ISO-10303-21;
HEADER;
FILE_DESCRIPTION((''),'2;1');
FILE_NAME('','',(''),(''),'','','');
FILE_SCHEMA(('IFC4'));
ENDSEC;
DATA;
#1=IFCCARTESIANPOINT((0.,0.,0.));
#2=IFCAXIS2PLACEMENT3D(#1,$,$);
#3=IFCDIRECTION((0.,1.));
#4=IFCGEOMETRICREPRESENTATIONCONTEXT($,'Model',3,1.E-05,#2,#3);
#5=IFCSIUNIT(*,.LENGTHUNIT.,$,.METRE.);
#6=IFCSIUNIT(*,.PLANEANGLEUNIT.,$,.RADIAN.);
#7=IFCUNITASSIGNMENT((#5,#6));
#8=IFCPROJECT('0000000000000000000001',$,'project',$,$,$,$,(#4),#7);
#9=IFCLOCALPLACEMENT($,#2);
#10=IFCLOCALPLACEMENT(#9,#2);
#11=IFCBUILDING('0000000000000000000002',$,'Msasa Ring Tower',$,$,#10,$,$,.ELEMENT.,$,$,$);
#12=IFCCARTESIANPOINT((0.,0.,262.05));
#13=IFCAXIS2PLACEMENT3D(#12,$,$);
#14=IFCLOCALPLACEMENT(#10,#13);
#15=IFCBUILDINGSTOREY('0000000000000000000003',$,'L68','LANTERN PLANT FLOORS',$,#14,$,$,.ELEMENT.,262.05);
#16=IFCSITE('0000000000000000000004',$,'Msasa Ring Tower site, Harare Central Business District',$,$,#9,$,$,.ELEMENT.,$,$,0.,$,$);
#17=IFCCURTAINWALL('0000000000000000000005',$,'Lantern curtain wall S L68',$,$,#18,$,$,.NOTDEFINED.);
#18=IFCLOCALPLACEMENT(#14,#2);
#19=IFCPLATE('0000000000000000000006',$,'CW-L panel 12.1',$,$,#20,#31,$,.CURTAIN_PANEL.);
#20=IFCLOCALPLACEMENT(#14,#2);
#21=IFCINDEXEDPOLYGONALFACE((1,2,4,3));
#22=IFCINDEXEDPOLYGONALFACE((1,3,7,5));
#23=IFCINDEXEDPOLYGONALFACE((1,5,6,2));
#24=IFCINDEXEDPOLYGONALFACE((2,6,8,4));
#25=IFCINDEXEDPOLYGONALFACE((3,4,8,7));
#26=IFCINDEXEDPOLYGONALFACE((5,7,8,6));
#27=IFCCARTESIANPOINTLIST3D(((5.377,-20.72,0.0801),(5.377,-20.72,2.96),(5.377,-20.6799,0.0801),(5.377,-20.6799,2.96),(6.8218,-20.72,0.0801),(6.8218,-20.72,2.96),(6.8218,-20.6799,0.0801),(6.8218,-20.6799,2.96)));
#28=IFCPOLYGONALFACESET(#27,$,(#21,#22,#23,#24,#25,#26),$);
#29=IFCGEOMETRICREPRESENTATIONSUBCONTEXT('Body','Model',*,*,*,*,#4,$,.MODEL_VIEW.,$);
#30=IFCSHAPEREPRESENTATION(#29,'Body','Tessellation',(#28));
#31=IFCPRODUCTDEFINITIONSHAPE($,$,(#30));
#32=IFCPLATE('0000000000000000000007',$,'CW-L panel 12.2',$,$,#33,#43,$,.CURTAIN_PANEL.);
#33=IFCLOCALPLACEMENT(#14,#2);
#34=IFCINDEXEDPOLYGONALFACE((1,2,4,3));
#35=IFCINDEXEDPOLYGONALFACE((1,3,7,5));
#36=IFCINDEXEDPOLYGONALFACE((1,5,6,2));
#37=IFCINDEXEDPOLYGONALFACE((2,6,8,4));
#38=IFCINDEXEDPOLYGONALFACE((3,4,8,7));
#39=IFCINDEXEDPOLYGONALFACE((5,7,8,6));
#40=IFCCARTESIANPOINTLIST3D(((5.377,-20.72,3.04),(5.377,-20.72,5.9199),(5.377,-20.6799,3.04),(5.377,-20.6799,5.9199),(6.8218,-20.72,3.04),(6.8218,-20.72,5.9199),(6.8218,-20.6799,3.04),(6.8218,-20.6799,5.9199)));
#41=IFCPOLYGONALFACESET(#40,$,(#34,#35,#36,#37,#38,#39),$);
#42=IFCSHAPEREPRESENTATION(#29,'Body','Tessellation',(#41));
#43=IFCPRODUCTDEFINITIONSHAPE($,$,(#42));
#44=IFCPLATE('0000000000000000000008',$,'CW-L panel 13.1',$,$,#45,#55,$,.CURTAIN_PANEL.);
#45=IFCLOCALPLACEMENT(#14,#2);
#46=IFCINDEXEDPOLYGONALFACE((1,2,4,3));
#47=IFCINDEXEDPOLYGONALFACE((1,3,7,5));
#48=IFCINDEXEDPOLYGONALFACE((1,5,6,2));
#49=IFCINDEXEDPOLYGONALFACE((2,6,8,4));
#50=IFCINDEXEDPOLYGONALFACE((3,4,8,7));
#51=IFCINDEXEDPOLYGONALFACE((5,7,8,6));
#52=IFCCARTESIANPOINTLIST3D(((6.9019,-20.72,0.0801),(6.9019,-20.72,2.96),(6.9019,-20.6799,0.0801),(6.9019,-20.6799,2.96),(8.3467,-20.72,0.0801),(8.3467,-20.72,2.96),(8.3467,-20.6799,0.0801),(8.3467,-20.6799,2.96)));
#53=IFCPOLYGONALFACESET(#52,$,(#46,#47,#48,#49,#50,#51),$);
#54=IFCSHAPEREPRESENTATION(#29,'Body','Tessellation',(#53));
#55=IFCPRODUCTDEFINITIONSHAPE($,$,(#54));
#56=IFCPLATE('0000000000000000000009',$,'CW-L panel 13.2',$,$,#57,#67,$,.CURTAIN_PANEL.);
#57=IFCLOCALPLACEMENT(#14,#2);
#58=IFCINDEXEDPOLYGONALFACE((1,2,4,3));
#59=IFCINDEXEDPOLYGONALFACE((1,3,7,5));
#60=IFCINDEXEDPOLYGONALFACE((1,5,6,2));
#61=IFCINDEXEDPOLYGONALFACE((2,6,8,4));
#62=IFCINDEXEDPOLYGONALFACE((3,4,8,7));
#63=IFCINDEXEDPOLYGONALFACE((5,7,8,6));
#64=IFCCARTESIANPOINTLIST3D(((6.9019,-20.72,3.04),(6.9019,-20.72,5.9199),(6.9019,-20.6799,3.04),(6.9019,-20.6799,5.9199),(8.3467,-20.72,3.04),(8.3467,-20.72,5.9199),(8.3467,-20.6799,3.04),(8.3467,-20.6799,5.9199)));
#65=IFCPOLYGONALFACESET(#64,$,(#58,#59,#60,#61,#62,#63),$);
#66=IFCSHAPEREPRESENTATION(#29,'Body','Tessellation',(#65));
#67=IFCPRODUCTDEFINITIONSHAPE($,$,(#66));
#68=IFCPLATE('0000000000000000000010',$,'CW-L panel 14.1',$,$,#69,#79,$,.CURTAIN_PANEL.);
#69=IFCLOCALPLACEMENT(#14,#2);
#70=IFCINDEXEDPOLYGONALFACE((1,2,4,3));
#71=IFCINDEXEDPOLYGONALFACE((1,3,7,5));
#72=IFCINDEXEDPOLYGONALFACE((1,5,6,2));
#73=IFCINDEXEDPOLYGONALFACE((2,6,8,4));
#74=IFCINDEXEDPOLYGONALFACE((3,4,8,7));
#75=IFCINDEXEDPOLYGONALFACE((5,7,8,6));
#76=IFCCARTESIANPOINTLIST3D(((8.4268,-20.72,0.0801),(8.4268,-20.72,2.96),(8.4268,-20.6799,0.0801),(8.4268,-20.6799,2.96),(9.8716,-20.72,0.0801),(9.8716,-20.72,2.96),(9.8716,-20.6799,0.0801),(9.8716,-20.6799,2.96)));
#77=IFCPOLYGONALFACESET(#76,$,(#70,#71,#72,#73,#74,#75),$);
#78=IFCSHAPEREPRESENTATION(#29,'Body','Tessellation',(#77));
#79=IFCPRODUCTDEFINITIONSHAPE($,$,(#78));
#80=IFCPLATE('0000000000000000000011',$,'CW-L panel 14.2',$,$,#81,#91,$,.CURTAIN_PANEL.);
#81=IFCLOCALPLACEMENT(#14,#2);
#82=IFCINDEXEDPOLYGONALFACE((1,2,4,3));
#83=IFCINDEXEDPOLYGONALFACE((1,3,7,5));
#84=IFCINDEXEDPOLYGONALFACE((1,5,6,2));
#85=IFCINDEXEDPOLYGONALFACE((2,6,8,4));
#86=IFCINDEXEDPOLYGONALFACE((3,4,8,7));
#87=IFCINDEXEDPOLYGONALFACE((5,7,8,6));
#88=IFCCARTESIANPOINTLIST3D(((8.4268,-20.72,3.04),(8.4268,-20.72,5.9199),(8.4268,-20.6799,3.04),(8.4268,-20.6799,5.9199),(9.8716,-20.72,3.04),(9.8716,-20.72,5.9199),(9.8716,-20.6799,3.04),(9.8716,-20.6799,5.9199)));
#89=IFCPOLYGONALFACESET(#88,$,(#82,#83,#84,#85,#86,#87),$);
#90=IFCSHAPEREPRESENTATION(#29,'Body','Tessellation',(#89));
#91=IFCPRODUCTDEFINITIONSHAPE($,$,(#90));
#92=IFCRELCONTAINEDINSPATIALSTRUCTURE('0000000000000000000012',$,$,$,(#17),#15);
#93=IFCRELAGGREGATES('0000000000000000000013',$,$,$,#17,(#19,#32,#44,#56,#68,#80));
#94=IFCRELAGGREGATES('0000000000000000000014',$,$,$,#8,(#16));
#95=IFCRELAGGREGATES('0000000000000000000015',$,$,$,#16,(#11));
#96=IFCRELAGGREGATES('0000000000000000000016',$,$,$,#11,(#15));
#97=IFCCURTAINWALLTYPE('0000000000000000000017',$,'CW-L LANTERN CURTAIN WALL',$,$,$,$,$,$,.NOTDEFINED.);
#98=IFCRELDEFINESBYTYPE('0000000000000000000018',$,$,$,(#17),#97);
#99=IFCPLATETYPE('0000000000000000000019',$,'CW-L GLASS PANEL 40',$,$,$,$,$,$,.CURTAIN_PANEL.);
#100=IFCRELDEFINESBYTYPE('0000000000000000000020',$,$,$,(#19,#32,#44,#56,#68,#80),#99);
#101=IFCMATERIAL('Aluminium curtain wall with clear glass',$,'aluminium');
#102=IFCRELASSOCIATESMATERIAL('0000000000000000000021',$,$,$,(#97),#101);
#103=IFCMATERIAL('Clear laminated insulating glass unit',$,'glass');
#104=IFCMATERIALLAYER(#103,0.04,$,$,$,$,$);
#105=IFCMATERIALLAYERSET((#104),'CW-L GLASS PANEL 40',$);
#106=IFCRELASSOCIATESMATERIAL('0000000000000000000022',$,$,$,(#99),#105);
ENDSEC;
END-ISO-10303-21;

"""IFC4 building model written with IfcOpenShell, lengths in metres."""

from ifc_helpers import new_model, si_unit, direction, frame, origin, origin_2d, place, context, subcontext, project, spatial, rectangle, extrude, material, layer, layer_set, type_object, element, aggregate, save


model = new_model("IFC4")

# Units and contexts
model_context = context("Model", 3, precision=1e-05, world=origin(), true_north=direction((0.0, 1.0)))
body_context = subcontext(model_context, "Body", "Model", "MODEL_VIEW")
ifc_project = project(units=[si_unit("LENGTHUNIT", "METRE"), si_unit("PLANEANGLEUNIT", "RADIAN")], contexts=[model_context])

# Site, building, storey
site_placement = place(None, origin())
site = spatial("IfcSite", under=ifc_project, at=site_placement, Name="Msasa Ring Tower site, Harare Central Business District", CompositionType="ELEMENT", RefElevation=0.0)
building_placement = place(site_placement, origin())
building = spatial("IfcBuilding", under=site, at=building_placement, Name="Msasa Ring Tower", CompositionType="ELEMENT")
storey_placement = place(building_placement, frame((0.0, 0.0, 262.05)))
storey = spatial("IfcBuildingStorey", under=building, at=storey_placement, Name="L68", Description="LANTERN PLANT FLOORS", CompositionType="ELEMENT", Elevation=262.05)

# Curtain wall, plates
ifc_material_1 = material(Name="Aluminium curtain wall with clear glass", Category="aluminium")
curtain_wall_type = type_object("IfcCurtainWallType", Name="CW-L LANTERN CURTAIN WALL", PredefinedType="NOTDEFINED", material=ifc_material_1)
curtain_wall_placement = place(storey_placement, origin())
curtain_wall = element("IfcCurtainWall", 1, at=curtain_wall_placement, inside=storey, type_object=curtain_wall_type, Name="Lantern curtain wall S L68", PredefinedType="NOTDEFINED")
ifc_material_2 = material(Name="Clear laminated insulating glass unit", Category="glass")
ifc_layer = layer(ifc_material_2, 0.04)
ifc_layer_set = layer_set([ifc_layer], Name="CW-L GLASS PANEL 40")
plate_type = type_object("IfcPlateType", Name="CW-L GLASS PANEL 40", PredefinedType="CURTAIN_PANEL", material=ifc_layer_set)
plate_1_placement = place(storey_placement, frame((6.0994, -20.7, 0.0801), z_axis=(0.0, 0.0, 1.0), x_axis=(1.0, 0.0, 0.0)))
plate_1 = element("IfcPlate", 2, at=plate_1_placement, type_object=plate_type, Name="CW-L panel 12.1", PredefinedType="CURTAIN_PANEL", context=body_context, shape_type="SweptSolid", body=[
    extrude(rectangle(XDim=1.4448, YDim=0.04, at=origin_2d()), origin(), (0.0, 0.0, 1.0), 2.8799),
])
plate_2_placement = place(storey_placement, frame((6.0994, -20.7, 3.04), z_axis=(0.0, 0.0, 1.0), x_axis=(1.0, 0.0, 0.0)))
plate_2 = element("IfcPlate", 3, at=plate_2_placement, type_object=plate_type, Name="CW-L panel 12.2", PredefinedType="CURTAIN_PANEL", context=body_context, shape_type="SweptSolid", body=[
    extrude(rectangle(XDim=1.4448, YDim=0.04, at=origin_2d()), origin(), (0.0, 0.0, 1.0), 2.8799),
])
plate_3_placement = place(storey_placement, frame((7.6243, -20.7, 0.0801), z_axis=(0.0, 0.0, 1.0), x_axis=(1.0, 0.0, 0.0)))
plate_3 = element("IfcPlate", 4, at=plate_3_placement, type_object=plate_type, Name="CW-L panel 13.1", PredefinedType="CURTAIN_PANEL", context=body_context, shape_type="SweptSolid", body=[
    extrude(rectangle(XDim=1.4448, YDim=0.04, at=origin_2d()), origin(), (0.0, 0.0, 1.0), 2.8799),
])
plate_4_placement = place(storey_placement, frame((7.6243, -20.7, 3.04), z_axis=(0.0, 0.0, 1.0), x_axis=(1.0, 0.0, 0.0)))
plate_4 = element("IfcPlate", 5, at=plate_4_placement, type_object=plate_type, Name="CW-L panel 13.2", PredefinedType="CURTAIN_PANEL", context=body_context, shape_type="SweptSolid", body=[
    extrude(rectangle(XDim=1.4448, YDim=0.04, at=origin_2d()), origin(), (0.0, 0.0, 1.0), 2.8799),
])
plate_5_placement = place(storey_placement, frame((9.1492, -20.7, 0.0801), z_axis=(0.0, 0.0, 1.0), x_axis=(1.0, 0.0, 0.0)))
plate_5 = element("IfcPlate", 6, at=plate_5_placement, type_object=plate_type, Name="CW-L panel 14.1", PredefinedType="CURTAIN_PANEL", context=body_context, shape_type="SweptSolid", body=[
    extrude(rectangle(XDim=1.4448, YDim=0.04, at=origin_2d()), origin(), (0.0, 0.0, 1.0), 2.8799),
])
plate_6_placement = place(storey_placement, frame((9.1492, -20.7, 3.04), z_axis=(0.0, 0.0, 1.0), x_axis=(1.0, 0.0, 0.0)))
plate_6 = element("IfcPlate", 7, at=plate_6_placement, type_object=plate_type, Name="CW-L panel 14.2", PredefinedType="CURTAIN_PANEL", context=body_context, shape_type="SweptSolid", body=[
    extrude(rectangle(XDim=1.4448, YDim=0.04, at=origin_2d()), origin(), (0.0, 0.0, 1.0), 2.8799),
])
aggregate(curtain_wall, [plate_1, plate_2, plate_3, plate_4, plate_5, plate_6])

save(model, "model.ifc")
